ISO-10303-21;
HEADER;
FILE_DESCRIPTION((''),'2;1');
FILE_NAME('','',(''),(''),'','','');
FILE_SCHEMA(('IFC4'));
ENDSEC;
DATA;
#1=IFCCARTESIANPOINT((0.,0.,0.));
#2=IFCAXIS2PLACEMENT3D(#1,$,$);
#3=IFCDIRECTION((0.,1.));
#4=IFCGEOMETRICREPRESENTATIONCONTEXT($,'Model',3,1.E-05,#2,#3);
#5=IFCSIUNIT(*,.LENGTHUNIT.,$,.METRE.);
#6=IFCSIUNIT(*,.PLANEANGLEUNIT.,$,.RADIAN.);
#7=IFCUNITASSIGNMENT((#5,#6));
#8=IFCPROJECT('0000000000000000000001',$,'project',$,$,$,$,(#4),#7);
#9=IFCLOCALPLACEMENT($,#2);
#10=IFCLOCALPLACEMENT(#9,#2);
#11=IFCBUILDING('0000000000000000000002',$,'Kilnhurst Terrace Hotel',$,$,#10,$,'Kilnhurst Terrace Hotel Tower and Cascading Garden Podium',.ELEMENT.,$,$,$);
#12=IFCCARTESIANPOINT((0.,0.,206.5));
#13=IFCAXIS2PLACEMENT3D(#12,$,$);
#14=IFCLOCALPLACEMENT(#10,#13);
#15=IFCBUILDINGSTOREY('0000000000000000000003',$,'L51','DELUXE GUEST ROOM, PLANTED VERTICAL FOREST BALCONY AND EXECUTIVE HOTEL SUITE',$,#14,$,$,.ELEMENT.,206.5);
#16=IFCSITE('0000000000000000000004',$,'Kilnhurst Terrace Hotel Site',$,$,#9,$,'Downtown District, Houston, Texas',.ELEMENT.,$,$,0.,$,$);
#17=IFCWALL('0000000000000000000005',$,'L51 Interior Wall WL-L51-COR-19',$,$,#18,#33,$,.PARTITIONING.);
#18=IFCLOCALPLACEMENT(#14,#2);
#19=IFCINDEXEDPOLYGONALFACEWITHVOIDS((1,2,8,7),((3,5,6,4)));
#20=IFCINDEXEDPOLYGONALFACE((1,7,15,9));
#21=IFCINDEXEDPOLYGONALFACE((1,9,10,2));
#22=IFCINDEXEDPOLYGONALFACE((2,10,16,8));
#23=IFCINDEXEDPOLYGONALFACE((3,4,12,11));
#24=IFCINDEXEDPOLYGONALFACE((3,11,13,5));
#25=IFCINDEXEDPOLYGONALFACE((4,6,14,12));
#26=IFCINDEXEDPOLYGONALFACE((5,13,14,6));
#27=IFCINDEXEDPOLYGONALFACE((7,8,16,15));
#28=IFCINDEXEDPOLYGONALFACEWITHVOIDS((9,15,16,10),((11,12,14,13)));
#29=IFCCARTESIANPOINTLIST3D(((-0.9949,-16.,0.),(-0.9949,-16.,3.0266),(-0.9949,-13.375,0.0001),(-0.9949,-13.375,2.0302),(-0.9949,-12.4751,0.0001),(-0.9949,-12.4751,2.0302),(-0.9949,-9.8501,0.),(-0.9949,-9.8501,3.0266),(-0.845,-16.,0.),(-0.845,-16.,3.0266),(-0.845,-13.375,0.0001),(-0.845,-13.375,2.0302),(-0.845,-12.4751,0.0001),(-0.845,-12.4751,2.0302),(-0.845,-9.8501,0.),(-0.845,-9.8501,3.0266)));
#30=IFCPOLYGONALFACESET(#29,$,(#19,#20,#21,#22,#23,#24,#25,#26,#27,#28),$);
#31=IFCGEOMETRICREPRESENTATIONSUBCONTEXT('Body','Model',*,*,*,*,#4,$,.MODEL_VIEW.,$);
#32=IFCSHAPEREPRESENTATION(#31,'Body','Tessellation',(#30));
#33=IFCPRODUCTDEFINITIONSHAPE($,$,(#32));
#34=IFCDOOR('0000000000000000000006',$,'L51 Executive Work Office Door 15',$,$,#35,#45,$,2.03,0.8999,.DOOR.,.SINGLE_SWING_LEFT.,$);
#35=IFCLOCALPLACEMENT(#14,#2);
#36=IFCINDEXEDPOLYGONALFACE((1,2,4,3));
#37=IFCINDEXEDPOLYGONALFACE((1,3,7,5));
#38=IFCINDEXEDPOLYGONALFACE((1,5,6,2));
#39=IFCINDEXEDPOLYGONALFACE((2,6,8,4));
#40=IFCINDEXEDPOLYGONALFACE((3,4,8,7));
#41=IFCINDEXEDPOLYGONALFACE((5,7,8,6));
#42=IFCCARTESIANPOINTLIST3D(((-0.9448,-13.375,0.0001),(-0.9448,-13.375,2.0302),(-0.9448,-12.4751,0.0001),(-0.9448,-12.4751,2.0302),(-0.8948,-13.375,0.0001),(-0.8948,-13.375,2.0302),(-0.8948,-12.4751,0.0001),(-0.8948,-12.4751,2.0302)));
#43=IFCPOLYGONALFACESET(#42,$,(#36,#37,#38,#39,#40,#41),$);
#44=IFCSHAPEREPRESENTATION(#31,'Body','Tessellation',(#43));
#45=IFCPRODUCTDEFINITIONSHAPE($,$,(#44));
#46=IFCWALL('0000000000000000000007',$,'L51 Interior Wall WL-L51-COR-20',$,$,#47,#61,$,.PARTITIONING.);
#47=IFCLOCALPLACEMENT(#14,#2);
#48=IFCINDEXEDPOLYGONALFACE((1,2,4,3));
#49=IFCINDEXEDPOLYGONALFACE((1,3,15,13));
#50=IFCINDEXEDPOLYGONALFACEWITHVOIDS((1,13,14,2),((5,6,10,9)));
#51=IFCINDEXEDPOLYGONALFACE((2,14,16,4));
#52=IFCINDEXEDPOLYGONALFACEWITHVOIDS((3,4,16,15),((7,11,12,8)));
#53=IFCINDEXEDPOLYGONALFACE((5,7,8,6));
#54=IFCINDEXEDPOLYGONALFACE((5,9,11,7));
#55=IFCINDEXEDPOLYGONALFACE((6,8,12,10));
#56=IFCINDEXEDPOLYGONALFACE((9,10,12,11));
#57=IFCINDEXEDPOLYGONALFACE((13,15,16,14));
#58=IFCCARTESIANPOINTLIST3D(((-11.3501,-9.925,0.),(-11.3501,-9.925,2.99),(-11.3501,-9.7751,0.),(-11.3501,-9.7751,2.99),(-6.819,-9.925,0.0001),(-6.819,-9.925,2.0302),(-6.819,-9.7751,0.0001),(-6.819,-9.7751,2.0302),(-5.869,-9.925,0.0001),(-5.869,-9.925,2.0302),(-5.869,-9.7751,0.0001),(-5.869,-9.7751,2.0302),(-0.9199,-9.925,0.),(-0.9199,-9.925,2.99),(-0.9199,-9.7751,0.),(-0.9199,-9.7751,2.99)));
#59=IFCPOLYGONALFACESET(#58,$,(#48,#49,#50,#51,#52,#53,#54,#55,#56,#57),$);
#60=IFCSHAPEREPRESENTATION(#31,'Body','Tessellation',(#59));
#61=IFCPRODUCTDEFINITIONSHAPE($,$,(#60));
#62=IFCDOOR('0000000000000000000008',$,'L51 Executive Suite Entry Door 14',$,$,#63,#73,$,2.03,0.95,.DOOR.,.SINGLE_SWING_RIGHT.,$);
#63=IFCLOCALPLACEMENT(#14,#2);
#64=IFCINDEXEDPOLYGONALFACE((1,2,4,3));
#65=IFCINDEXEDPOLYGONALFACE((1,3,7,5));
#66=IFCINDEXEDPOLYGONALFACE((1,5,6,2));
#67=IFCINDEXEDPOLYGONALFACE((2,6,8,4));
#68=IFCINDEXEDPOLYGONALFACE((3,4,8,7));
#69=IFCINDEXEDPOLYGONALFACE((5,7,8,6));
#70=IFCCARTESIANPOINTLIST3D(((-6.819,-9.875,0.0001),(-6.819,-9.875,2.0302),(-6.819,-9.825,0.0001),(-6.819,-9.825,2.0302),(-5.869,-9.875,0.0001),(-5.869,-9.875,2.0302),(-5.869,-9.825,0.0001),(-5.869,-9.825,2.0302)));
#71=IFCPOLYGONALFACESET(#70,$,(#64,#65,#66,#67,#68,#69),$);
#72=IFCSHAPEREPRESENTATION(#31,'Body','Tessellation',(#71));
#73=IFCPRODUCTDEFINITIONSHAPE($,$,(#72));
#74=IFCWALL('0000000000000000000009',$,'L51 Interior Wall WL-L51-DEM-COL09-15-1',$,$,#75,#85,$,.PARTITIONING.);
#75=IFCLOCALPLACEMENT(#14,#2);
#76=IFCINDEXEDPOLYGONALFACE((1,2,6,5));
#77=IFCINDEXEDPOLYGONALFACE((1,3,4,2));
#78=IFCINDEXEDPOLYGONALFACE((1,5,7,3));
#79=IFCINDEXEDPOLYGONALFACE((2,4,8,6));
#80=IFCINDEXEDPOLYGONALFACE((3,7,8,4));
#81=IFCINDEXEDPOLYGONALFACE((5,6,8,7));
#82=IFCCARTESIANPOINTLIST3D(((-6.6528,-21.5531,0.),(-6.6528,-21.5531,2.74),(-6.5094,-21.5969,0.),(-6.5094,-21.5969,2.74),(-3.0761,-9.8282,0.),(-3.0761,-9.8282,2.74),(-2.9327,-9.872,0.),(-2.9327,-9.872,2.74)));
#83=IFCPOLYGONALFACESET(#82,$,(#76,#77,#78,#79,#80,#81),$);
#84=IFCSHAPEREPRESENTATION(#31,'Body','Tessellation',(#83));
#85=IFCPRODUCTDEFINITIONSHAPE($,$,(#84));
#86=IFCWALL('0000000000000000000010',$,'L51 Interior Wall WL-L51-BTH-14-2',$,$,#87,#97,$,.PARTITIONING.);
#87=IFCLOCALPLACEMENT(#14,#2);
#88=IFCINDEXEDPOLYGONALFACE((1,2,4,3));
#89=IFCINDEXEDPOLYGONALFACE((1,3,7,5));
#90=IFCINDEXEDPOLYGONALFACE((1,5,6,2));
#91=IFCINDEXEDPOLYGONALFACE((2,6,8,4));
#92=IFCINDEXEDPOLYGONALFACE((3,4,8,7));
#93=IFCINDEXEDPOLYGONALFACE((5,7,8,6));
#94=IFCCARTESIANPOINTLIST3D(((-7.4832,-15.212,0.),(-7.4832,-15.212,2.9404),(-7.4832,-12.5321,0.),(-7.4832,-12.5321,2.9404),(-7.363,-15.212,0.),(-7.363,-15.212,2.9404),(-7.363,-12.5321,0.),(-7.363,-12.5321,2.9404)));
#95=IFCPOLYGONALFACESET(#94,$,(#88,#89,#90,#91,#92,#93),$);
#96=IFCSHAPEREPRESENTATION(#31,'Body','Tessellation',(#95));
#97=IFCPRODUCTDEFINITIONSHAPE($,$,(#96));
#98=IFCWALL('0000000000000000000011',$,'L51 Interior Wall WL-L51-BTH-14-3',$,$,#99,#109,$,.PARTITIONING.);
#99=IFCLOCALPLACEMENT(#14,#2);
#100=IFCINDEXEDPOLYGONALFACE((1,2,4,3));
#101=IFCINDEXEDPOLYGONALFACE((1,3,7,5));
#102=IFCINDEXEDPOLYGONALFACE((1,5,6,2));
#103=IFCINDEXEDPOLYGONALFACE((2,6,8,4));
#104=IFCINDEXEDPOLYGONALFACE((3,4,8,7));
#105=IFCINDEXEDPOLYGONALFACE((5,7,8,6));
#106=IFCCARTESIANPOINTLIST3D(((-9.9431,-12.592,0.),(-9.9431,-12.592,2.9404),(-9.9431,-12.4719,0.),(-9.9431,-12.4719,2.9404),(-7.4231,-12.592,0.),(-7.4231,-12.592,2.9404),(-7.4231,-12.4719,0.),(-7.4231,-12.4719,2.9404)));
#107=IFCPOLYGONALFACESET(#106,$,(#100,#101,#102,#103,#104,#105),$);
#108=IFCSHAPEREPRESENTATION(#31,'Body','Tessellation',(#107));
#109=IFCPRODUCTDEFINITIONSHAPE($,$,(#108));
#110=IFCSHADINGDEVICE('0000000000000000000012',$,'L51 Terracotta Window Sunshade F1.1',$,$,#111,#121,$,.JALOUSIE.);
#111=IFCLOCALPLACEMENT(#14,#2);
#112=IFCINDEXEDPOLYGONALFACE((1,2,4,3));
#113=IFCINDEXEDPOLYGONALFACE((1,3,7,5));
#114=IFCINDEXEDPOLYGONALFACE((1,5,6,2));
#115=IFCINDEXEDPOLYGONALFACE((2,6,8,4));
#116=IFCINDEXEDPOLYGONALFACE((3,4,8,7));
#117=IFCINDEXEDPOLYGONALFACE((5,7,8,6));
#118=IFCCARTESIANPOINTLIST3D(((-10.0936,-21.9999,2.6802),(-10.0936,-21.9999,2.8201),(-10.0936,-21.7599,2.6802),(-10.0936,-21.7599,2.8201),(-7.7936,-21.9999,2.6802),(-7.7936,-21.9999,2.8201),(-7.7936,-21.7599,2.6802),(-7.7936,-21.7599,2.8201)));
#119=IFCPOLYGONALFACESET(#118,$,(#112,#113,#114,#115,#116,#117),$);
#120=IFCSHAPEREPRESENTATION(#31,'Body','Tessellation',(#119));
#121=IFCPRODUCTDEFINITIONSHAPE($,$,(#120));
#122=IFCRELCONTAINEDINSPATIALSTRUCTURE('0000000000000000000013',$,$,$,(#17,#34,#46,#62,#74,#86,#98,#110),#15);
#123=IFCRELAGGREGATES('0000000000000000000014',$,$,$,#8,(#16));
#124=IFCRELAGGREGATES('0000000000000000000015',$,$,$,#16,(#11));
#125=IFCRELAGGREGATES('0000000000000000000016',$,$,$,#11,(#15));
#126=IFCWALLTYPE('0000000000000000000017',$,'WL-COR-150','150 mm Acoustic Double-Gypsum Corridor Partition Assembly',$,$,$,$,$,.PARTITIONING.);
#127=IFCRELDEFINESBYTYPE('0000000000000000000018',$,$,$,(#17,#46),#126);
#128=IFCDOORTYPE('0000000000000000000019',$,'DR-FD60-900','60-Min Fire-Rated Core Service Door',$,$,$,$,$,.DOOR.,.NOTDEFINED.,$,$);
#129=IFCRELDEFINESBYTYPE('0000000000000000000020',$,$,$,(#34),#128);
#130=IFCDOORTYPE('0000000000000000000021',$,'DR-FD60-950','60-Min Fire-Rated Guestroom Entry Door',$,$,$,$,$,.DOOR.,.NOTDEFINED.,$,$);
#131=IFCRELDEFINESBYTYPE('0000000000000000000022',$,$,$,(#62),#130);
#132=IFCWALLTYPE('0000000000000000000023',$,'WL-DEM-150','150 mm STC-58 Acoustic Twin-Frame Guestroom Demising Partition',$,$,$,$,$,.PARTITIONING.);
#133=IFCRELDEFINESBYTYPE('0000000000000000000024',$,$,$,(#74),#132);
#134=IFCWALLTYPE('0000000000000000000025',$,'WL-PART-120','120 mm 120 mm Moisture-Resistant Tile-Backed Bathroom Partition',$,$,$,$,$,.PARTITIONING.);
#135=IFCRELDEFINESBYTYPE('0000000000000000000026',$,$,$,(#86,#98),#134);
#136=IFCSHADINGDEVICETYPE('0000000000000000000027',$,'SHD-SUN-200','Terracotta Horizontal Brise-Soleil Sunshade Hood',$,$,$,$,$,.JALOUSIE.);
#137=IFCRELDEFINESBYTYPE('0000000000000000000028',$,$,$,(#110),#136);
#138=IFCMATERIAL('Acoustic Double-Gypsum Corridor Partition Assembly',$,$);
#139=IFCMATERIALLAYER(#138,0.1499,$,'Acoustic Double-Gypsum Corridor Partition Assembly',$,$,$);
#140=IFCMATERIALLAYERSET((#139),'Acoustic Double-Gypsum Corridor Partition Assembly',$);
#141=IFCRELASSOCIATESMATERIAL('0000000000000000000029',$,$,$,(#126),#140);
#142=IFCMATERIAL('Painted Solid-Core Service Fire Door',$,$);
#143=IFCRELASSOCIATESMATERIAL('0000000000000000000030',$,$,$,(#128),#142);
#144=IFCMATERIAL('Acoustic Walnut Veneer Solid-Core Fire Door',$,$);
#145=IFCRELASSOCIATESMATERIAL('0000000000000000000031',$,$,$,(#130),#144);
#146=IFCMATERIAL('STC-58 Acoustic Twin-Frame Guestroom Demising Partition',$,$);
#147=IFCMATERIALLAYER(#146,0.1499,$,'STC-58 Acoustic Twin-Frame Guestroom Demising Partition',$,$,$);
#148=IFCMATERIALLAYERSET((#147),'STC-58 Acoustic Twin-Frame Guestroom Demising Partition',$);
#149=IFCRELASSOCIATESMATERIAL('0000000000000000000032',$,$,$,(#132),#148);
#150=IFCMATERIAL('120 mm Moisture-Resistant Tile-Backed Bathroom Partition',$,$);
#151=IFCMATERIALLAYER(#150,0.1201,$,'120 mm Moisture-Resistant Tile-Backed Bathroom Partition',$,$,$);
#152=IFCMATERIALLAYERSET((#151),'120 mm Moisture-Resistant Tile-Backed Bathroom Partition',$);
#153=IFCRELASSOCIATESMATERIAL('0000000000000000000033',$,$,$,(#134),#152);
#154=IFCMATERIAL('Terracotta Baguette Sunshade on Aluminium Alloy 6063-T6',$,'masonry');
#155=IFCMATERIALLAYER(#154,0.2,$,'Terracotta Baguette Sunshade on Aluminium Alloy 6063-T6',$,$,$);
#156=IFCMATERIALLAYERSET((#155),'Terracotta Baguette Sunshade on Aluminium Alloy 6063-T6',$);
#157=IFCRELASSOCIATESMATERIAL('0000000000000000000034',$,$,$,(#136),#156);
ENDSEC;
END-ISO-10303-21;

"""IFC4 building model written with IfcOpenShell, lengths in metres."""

from ifc_helpers import new_model, si_unit, direction, frame, frame_2d, origin, origin_2d, place, context, subcontext, project, spatial, rectangle, extrude, material, layer, layer_set, type_object, element, fill, save


model = new_model("IFC4")

# Units and contexts
model_context = context("Model", 3, precision=1e-05, world=origin(), true_north=direction((0.0, 1.0)))
body_context = subcontext(model_context, "Body", "Model", "MODEL_VIEW")
ifc_project = project(units=[si_unit("LENGTHUNIT", "METRE"), si_unit("PLANEANGLEUNIT", "RADIAN")], contexts=[model_context])

# Site, building, storey
site_placement = place(None, origin())
site = spatial("IfcSite", under=ifc_project, at=site_placement, Name="Kilnhurst Terrace Hotel Site", LongName="Downtown District, Houston, Texas", CompositionType="ELEMENT", RefElevation=0.0)
building_placement = place(site_placement, origin())
building = spatial("IfcBuilding", under=site, at=building_placement, Name="Kilnhurst Terrace Hotel", LongName="Kilnhurst Terrace Hotel Tower and Cascading Garden Podium", CompositionType="ELEMENT")
storey_placement = place(building_placement, frame((0.0, 0.0, 206.5)))
storey = spatial("IfcBuildingStorey", under=building, at=storey_placement, Name="L51", Description="DELUXE GUEST ROOM, PLANTED VERTICAL FOREST BALCONY AND EXECUTIVE HOTEL SUITE", CompositionType="ELEMENT", Elevation=206.5)

# Walls, openings, doors
ifc_material_1 = material(Name="Acoustic Double-Gypsum Corridor Partition Assembly")
ifc_layer_1 = layer(ifc_material_1, 0.1499, Name="Acoustic Double-Gypsum Corridor Partition Assembly")
ifc_layer_set_1 = layer_set([ifc_layer_1], Name="Acoustic Double-Gypsum Corridor Partition Assembly")
wall_type_1 = type_object("IfcWallType", Name="WL-COR-150", Description="150 mm Acoustic Double-Gypsum Corridor Partition Assembly", PredefinedType="PARTITIONING", material=ifc_layer_set_1)
wall_1_placement = place(storey_placement, frame((-0.9199, -16.0, 0.0), z_axis=(0.0, 0.0, 1.0), x_axis=(0.0, 1.0, 0.0)))
wall_1 = element("IfcWall", 1, at=wall_1_placement, inside=storey, type_object=wall_type_1, Name="L51 Interior Wall WL-L51-COR-19", PredefinedType="PARTITIONING", context=body_context, shape_type="SweptSolid", body=[
    extrude(rectangle(XDim=6.1499, YDim=0.1499, at=frame_2d((3.075, 0.0))), origin(), (0.0, 0.0, 1.0), 3.0266),
])
opening_1_placement = place(wall_1_placement, frame((2.625, 0.0, 0.0)))
opening_1 = element("IfcOpeningElement", 2, at=opening_1_placement, cuts=wall_1, PredefinedType="OPENING", context=body_context, shape_type="SweptSolid", body=[
    extrude(rectangle(XDim=0.8999, YDim=2.03, at=frame_2d((0.45, 1.0151))), frame((0.0, 0.085, 0.0), z_axis=(0.0, -1.0, 0.0), x_axis=(1.0, 0.0, 0.0)), (0.0, 0.0, 1.0), 0.1699),
])
ifc_material_2 = material(Name="Painted Solid-Core Service Fire Door")
door_type_1 = type_object("IfcDoorType", Name="DR-FD60-900", Description="60-Min Fire-Rated Core Service Door", OperationType="NOTDEFINED", PredefinedType="DOOR", material=ifc_material_2)
door_1_placement = place(opening_1_placement, origin())
door_1 = element("IfcDoor", 3, at=door_1_placement, inside=storey, type_object=door_type_1, Name="L51 Executive Work Office Door 15", OperationType="SINGLE_SWING_LEFT", OverallHeight=2.03, OverallWidth=0.8999, PredefinedType="DOOR", context=body_context, shape_type="SweptSolid", body=[
    extrude(rectangle(XDim=0.8999, YDim=2.03, at=frame_2d((0.45, 1.0151))), frame((0.0, 0.0249, 0.0), z_axis=(0.0, -1.0, 0.0), x_axis=(1.0, 0.0, 0.0)), (0.0, 0.0, 1.0), 0.05),
])
fill(opening_1, door_1)
wall_2_placement = place(storey_placement, frame((-0.9199, -9.8501, 0.0), z_axis=(0.0, 0.0, 1.0), x_axis=(-1.0, 0.0, 0.0)))
wall_2 = element("IfcWall", 4, at=wall_2_placement, inside=storey, type_object=wall_type_1, Name="L51 Interior Wall WL-L51-COR-20", PredefinedType="PARTITIONING", context=body_context, shape_type="SweptSolid", body=[
    extrude(rectangle(XDim=10.4302, YDim=0.1499, at=frame_2d((5.2151, 0.0))), origin(), (0.0, 0.0, 1.0), 2.99),
])
opening_2_placement = place(wall_2_placement, frame((4.949, 0.0, 0.0)))
opening_2 = element("IfcOpeningElement", 5, at=opening_2_placement, cuts=wall_2, PredefinedType="OPENING", context=body_context, shape_type="SweptSolid", body=[
    extrude(rectangle(XDim=0.95, YDim=2.03, at=frame_2d((0.4751, 1.0151))), frame((0.0, 0.085, 0.0), z_axis=(0.0, -1.0, 0.0), x_axis=(1.0, 0.0, 0.0)), (0.0, 0.0, 1.0), 0.1699),
])
ifc_material_3 = material(Name="Acoustic Walnut Veneer Solid-Core Fire Door")
door_type_2 = type_object("IfcDoorType", Name="DR-FD60-950", Description="60-Min Fire-Rated Guestroom Entry Door", OperationType="NOTDEFINED", PredefinedType="DOOR", material=ifc_material_3)
door_2_placement = place(opening_2_placement, origin())
door_2 = element("IfcDoor", 6, at=door_2_placement, inside=storey, type_object=door_type_2, Name="L51 Executive Suite Entry Door 14", OperationType="SINGLE_SWING_RIGHT", OverallHeight=2.03, OverallWidth=0.95, PredefinedType="DOOR", context=body_context, shape_type="SweptSolid", body=[
    extrude(rectangle(XDim=0.95, YDim=2.03, at=frame_2d((0.4751, 1.0151))), frame((0.0, 0.0249, 0.0), z_axis=(0.0, -1.0, 0.0), x_axis=(1.0, 0.0, 0.0)), (0.0, 0.0, 1.0), 0.05),
])
fill(opening_2, door_2)

# Walls
ifc_material_4 = material(Name="STC-58 Acoustic Twin-Frame Guestroom Demising Partition")
ifc_layer_2 = layer(ifc_material_4, 0.1499, Name="STC-58 Acoustic Twin-Frame Guestroom Demising Partition")
ifc_layer_set_2 = layer_set([ifc_layer_2], Name="STC-58 Acoustic Twin-Frame Guestroom Demising Partition")
wall_type_2 = type_object("IfcWallType", Name="WL-DEM-150", Description="150 mm STC-58 Acoustic Twin-Frame Guestroom Demising Partition", PredefinedType="PARTITIONING", material=ifc_layer_set_2)
wall_3_placement = place(storey_placement, frame((-3.0044, -9.8501, 0.0), z_axis=(0.0, 0.0, 1.0), x_axis=(-0.291776, -0.956487, 0.0)))
element("IfcWall", 7, at=wall_3_placement, inside=storey, type_object=wall_type_2, Name="L51 Interior Wall WL-L51-DEM-COL09-15-1", PredefinedType="PARTITIONING", context=body_context, shape_type="SweptSolid", body=[
    extrude(rectangle(XDim=12.2583, YDim=0.1499, at=frame_2d((6.1292, 0.0))), origin(), (0.0, 0.0, 1.0), 2.74),
])
ifc_material_5 = material(Name="120 mm Moisture-Resistant Tile-Backed Bathroom Partition")
ifc_layer_3 = layer(ifc_material_5, 0.1201, Name="120 mm Moisture-Resistant Tile-Backed Bathroom Partition")
ifc_layer_set_3 = layer_set([ifc_layer_3], Name="120 mm Moisture-Resistant Tile-Backed Bathroom Partition")
wall_type_3 = type_object("IfcWallType", Name="WL-PART-120", Description="120 mm 120 mm Moisture-Resistant Tile-Backed Bathroom Partition", PredefinedType="PARTITIONING", material=ifc_layer_set_3)
wall_4_placement = place(storey_placement, frame((-7.4231, -15.2119, 0.0), z_axis=(0.0, 0.0, 1.0), x_axis=(0.0, 1.0, 0.0)))
element("IfcWall", 8, at=wall_4_placement, inside=storey, type_object=wall_type_3, Name="L51 Interior Wall WL-L51-BTH-14-2", PredefinedType="PARTITIONING", context=body_context, shape_type="SweptSolid", body=[
    extrude(rectangle(XDim=2.6799, YDim=0.1201, at=frame_2d((1.3398, 0.0))), origin(), (0.0, 0.0, 1.0), 2.9404),
])
wall_5_placement = place(storey_placement, frame((-7.4231, -12.532, 0.0), z_axis=(0.0, 0.0, 1.0), x_axis=(-1.0, 0.0, 0.0)))
element("IfcWall", 9, at=wall_5_placement, inside=storey, type_object=wall_type_3, Name="L51 Interior Wall WL-L51-BTH-14-3", PredefinedType="PARTITIONING", context=body_context, shape_type="SweptSolid", body=[
    extrude(rectangle(XDim=2.52, YDim=0.1201, at=frame_2d((1.26, 0.0))), origin(), (0.0, 0.0, 1.0), 2.9404),
])

# Shading device
ifc_material_6 = material(Name="Terracotta Baguette Sunshade on Aluminium Alloy 6063-T6", Category="masonry")
ifc_layer_4 = layer(ifc_material_6, 0.2, Name="Terracotta Baguette Sunshade on Aluminium Alloy 6063-T6")
ifc_layer_set_4 = layer_set([ifc_layer_4], Name="Terracotta Baguette Sunshade on Aluminium Alloy 6063-T6")
shading_device_type = type_object("IfcShadingDeviceType", Name="SHD-SUN-200", Description="Terracotta Horizontal Brise-Soleil Sunshade Hood", PredefinedType="JALOUSIE", material=ifc_layer_set_4)
shading_device_placement = place(storey_placement, frame((-8.9436, -21.8799, 2.6802), z_axis=(0.0, 0.0, 1.0), x_axis=(1.0, 0.0, 0.0)))
element("IfcShadingDevice", 10, at=shading_device_placement, inside=storey, type_object=shading_device_type, Name="L51 Terracotta Window Sunshade F1.1", PredefinedType="JALOUSIE", context=body_context, shape_type="SweptSolid", body=[
    extrude(rectangle(XDim=2.3, YDim=0.24, at=origin_2d()), origin(), (0.0, 0.0, 1.0), 0.1399),
])

save(model, "model.ifc")
